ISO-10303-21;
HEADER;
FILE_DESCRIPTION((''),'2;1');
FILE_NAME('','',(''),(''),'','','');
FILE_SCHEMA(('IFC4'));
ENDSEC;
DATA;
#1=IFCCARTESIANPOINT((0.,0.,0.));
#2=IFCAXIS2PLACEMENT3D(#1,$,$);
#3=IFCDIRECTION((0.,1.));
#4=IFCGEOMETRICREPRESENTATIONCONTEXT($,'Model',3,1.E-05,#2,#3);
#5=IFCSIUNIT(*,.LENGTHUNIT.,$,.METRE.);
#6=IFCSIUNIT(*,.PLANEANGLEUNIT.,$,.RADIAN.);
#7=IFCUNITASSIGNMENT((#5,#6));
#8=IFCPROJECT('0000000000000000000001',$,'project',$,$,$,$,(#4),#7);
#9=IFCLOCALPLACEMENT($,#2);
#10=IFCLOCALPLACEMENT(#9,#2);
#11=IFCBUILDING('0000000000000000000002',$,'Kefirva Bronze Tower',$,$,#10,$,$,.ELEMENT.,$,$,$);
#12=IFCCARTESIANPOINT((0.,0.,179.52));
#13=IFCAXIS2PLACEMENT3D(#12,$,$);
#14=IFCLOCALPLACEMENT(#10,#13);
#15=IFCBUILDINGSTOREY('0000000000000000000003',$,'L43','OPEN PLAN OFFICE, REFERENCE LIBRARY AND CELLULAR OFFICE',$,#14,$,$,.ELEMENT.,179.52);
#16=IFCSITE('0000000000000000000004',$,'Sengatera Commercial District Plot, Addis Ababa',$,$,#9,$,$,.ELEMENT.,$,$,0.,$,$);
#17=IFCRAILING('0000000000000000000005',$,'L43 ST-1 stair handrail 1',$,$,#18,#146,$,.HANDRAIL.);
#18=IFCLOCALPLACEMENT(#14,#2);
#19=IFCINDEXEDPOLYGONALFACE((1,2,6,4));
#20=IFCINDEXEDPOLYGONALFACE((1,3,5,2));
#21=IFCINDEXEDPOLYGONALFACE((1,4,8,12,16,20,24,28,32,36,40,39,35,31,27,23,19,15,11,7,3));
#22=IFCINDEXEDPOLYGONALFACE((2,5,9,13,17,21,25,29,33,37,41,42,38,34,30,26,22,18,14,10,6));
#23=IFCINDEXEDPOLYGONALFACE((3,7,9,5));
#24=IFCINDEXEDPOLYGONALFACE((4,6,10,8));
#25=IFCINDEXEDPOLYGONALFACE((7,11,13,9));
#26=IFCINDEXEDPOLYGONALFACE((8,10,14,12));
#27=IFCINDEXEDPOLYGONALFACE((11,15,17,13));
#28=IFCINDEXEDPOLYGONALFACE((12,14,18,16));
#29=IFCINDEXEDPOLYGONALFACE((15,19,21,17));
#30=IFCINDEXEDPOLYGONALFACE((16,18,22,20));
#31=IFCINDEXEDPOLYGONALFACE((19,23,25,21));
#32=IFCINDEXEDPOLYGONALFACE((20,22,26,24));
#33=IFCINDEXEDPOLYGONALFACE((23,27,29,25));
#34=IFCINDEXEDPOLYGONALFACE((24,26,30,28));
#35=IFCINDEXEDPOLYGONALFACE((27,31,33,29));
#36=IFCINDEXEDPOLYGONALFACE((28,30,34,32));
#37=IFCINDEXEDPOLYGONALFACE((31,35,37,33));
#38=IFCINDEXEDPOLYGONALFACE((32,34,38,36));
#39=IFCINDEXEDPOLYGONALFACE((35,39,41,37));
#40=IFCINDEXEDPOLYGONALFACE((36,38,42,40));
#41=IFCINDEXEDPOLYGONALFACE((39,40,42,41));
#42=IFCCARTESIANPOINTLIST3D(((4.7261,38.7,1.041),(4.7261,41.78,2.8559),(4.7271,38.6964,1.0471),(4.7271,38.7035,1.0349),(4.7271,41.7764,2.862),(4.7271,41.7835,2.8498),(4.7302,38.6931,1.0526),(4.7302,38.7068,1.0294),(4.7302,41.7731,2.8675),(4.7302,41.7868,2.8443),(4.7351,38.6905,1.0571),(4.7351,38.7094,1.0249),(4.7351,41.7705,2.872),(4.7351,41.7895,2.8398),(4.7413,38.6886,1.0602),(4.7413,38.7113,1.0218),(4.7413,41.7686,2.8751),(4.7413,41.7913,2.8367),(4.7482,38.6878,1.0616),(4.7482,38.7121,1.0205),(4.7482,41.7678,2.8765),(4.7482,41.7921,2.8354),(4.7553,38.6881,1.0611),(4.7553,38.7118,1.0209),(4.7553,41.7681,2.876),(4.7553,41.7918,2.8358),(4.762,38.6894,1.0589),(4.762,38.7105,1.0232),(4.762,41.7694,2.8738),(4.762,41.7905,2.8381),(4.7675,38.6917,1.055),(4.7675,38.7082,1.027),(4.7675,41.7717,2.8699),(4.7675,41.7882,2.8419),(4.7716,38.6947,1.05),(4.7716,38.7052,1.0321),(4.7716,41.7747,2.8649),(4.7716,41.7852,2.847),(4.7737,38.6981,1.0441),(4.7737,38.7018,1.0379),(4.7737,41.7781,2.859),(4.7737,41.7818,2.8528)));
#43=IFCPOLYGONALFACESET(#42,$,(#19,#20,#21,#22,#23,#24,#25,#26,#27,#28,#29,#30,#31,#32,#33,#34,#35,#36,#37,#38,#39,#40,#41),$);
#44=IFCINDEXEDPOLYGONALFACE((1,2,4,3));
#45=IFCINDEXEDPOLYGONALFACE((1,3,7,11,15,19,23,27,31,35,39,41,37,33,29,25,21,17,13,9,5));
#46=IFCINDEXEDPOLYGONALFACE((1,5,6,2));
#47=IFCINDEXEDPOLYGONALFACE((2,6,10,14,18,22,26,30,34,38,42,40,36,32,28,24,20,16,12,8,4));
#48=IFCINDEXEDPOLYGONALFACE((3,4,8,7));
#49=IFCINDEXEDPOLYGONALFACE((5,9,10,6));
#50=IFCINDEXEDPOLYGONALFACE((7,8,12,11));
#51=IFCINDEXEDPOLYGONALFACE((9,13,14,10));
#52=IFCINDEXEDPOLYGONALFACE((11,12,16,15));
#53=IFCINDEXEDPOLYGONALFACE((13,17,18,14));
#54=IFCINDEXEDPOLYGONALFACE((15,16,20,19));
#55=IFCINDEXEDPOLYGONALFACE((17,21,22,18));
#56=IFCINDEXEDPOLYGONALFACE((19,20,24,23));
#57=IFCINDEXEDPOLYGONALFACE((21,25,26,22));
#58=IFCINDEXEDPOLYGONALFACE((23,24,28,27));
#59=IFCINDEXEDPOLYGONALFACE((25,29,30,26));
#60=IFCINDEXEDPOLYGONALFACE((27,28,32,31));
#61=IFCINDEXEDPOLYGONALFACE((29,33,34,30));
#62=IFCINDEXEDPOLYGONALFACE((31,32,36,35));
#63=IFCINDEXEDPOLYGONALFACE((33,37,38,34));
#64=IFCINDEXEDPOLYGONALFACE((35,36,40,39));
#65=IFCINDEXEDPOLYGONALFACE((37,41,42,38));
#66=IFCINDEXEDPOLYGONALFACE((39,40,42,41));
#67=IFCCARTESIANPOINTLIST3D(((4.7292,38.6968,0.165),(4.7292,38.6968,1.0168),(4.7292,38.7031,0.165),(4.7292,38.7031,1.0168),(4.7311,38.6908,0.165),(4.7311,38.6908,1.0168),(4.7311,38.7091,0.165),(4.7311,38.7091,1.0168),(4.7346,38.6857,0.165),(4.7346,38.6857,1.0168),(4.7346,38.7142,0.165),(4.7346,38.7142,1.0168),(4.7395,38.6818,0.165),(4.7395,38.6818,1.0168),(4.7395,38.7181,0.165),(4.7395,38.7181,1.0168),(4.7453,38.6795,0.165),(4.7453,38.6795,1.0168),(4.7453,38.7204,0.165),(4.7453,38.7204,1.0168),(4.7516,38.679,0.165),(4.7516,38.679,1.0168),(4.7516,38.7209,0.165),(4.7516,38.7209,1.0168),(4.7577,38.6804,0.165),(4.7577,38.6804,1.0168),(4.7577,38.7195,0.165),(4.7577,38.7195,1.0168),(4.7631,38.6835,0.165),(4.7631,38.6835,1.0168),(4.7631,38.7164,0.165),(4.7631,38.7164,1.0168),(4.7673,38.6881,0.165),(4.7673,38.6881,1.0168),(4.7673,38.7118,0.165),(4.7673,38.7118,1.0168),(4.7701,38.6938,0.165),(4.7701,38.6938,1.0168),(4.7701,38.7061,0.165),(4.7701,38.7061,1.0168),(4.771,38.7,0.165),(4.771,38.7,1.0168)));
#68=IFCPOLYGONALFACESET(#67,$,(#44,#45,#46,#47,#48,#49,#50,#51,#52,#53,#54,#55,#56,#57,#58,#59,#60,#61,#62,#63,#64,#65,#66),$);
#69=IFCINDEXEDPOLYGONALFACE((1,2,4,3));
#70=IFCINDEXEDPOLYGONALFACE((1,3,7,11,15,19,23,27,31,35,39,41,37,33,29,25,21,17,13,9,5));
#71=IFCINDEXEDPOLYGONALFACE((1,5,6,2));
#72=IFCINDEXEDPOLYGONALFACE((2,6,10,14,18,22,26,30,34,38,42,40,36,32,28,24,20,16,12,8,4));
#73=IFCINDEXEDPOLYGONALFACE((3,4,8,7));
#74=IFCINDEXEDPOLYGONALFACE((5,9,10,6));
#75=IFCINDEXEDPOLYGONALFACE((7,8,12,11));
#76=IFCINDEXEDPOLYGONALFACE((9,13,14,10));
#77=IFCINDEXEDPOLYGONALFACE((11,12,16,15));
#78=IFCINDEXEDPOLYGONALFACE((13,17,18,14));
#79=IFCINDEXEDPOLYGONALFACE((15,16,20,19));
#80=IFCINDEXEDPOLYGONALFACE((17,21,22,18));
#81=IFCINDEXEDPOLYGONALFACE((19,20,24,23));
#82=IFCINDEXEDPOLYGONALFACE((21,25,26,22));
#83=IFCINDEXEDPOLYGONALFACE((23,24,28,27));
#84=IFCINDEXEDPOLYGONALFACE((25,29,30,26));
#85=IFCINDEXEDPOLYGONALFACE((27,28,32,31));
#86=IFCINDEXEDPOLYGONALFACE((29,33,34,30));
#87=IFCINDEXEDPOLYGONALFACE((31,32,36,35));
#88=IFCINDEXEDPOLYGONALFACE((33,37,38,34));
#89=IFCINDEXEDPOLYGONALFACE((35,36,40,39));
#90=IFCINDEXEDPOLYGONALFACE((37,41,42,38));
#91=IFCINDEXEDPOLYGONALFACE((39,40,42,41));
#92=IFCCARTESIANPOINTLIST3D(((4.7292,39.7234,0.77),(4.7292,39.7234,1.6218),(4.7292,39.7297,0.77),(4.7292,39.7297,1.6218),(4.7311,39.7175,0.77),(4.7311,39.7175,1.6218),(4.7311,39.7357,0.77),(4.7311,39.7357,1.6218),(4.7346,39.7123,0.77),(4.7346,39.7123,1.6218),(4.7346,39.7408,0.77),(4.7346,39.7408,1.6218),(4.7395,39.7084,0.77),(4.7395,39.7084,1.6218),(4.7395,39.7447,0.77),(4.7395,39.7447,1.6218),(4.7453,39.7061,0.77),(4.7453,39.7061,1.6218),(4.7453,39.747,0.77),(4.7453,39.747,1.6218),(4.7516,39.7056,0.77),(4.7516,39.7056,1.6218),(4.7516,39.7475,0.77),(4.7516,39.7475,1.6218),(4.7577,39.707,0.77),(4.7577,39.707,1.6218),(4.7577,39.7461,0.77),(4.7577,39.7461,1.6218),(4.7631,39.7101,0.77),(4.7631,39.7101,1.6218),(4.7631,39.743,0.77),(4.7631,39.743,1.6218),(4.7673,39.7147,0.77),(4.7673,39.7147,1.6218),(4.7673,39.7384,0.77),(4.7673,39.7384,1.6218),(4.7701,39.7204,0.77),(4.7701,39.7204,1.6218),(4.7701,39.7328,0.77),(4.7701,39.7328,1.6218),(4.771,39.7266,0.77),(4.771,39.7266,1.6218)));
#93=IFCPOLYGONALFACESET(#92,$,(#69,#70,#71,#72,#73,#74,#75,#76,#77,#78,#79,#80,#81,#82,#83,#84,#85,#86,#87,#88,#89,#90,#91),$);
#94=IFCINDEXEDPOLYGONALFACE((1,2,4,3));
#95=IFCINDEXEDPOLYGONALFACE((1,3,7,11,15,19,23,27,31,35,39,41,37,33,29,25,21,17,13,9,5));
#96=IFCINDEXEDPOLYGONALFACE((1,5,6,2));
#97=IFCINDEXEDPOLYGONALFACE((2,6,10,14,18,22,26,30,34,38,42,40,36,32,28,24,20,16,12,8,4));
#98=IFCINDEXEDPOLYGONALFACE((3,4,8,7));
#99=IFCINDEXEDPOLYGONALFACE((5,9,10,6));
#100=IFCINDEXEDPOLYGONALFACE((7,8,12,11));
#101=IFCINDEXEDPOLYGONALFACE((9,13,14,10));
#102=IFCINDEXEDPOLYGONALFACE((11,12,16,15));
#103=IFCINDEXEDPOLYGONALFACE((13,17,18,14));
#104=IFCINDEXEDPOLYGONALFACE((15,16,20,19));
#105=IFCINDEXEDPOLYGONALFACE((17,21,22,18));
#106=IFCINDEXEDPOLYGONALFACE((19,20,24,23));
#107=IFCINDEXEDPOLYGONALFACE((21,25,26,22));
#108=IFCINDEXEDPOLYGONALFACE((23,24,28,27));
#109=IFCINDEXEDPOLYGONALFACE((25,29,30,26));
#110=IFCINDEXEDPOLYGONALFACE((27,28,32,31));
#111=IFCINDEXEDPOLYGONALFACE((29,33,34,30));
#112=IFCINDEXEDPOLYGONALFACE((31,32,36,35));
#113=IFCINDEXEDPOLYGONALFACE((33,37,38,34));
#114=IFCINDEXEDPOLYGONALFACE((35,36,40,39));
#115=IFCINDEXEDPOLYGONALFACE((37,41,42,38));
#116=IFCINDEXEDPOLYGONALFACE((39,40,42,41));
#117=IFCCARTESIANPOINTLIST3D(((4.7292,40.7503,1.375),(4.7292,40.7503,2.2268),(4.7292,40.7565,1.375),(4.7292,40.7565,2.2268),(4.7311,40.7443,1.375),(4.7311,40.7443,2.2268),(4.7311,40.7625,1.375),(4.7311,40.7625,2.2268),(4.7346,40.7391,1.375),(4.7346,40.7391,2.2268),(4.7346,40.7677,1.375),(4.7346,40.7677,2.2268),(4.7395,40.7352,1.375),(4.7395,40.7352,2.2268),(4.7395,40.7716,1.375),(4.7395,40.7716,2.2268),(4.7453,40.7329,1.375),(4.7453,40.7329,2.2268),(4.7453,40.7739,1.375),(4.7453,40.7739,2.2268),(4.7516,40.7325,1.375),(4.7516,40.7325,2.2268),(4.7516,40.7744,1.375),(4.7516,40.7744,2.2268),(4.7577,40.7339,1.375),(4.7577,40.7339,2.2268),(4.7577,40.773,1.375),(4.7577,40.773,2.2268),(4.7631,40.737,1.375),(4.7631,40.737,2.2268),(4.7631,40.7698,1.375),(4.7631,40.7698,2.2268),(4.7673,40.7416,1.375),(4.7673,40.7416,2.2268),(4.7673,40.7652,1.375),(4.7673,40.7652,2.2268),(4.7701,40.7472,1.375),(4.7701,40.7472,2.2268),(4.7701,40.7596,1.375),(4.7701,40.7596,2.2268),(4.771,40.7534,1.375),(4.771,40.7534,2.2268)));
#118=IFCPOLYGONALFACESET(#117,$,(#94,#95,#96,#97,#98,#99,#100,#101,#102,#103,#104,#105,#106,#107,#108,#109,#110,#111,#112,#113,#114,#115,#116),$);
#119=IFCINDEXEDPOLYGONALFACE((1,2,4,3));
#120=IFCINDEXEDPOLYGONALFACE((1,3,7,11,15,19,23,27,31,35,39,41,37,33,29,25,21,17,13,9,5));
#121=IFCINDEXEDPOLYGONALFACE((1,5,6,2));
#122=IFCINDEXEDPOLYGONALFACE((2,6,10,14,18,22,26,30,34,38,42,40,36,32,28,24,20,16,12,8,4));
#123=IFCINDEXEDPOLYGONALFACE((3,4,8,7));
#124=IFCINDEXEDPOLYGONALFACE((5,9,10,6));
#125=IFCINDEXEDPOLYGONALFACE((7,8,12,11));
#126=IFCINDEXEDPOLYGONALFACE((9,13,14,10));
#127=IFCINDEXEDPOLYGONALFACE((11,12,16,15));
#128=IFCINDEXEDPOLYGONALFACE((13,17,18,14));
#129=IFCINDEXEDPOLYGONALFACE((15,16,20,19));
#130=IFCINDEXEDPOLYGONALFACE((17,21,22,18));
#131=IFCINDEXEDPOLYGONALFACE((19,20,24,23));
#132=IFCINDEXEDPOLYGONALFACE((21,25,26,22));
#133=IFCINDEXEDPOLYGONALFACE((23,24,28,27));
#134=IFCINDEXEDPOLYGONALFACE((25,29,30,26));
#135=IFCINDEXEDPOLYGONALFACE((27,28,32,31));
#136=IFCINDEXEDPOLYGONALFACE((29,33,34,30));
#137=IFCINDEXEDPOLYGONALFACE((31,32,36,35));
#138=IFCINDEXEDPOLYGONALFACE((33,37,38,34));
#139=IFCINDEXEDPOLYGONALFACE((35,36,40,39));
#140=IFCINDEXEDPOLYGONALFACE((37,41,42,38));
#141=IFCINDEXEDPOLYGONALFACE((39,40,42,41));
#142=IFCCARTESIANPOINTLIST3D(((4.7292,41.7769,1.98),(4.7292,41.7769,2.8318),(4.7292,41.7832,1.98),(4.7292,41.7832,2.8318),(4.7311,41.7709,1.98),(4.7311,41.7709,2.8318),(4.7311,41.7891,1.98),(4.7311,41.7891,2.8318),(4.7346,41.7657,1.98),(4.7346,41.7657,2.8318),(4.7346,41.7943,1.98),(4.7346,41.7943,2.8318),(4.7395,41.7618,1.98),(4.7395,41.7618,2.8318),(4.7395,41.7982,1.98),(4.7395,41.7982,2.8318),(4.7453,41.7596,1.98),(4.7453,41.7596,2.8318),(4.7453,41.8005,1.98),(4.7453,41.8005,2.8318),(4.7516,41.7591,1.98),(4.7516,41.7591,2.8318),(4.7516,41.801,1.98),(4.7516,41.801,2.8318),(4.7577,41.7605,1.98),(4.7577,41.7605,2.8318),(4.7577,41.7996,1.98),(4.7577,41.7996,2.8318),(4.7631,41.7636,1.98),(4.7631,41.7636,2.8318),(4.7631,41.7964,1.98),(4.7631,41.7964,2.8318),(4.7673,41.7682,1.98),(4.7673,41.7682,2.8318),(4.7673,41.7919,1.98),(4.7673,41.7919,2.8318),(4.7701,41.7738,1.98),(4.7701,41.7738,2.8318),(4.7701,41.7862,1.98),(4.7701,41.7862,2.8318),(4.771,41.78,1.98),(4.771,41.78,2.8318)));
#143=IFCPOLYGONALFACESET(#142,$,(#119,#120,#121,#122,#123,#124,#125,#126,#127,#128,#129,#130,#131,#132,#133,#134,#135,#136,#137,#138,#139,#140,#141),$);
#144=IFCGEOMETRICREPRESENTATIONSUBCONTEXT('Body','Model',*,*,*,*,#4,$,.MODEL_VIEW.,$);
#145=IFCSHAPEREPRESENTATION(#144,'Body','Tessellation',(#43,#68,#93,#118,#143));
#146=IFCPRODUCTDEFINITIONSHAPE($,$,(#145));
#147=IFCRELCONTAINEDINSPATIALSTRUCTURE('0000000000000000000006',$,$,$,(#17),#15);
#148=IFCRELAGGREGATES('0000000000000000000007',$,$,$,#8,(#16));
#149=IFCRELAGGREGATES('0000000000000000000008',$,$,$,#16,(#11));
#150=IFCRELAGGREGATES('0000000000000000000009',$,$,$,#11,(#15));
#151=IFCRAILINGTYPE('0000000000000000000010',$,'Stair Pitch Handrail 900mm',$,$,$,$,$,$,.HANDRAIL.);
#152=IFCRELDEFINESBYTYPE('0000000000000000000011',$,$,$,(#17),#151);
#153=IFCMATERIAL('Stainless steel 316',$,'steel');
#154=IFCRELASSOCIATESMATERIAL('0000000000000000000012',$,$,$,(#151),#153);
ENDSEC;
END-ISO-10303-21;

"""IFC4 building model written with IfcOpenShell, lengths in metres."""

from ifc_helpers import new_model, si_unit, direction, frame, origin, origin_2d, place, context, subcontext, project, spatial, circle, extrude, material, type_object, element, save


model = new_model("IFC4")

# Units and contexts
model_context = context("Model", 3, precision=1e-05, world=origin(), true_north=direction((0.0, 1.0)))
body_context = subcontext(model_context, "Body", "Model", "MODEL_VIEW")
ifc_project = project(units=[si_unit("LENGTHUNIT", "METRE"), si_unit("PLANEANGLEUNIT", "RADIAN")], contexts=[model_context])

# Site, building, storey
site_placement = place(None, origin())
site = spatial("IfcSite", under=ifc_project, at=site_placement, Name="Sengatera Commercial District Plot, Addis Ababa", CompositionType="ELEMENT", RefElevation=0.0)
building_placement = place(site_placement, origin())
building = spatial("IfcBuilding", under=site, at=building_placement, Name="Kefirva Bronze Tower", CompositionType="ELEMENT")
storey_placement = place(building_placement, frame((0.0, 0.0, 179.52)))
storey = spatial("IfcBuildingStorey", under=building, at=storey_placement, Name="L43", Description="OPEN PLAN OFFICE, REFERENCE LIBRARY AND CELLULAR OFFICE", CompositionType="ELEMENT", Elevation=179.52)

# Railing
ifc_material_1 = material(Name="Stainless steel 316", Category="steel")
railing_type_1 = type_object("IfcRailingType", Name="Stair Pitch Handrail 900mm", PredefinedType="HANDRAIL", material=ifc_material_1)
railing_1_placement = place(storey_placement, frame((4.75, 38.7, 0.165)))
element("IfcRailing", 1, at=railing_1_placement, inside=storey, type_object=railing_type_1, Name="L43 ST-1 stair handrail 1", PredefinedType="HANDRAIL", context=body_context, shape_type="SweptSolid", body=[
    extrude(circle(Radius=0.0239, at=origin_2d()), frame((0.0, 0.0, 0.876), z_axis=(0.0, 0.861551, 0.507671), x_axis=(-1.0, 0.0, 0.0)), (0.0, 0.0, 1.0), 3.575),
    extrude(circle(Radius=0.021, at=origin_2d()), origin(), (0.0, 0.0, 1.0), 0.8518),
    extrude(circle(Radius=0.021, at=origin_2d()), frame((0.0, 1.0266, 0.605)), (0.0, 0.0, 1.0), 0.8518),
    extrude(circle(Radius=0.021, at=origin_2d()), frame((0.0, 2.0535, 1.21)), (0.0, 0.0, 1.0), 0.8518),
    extrude(circle(Radius=0.021, at=origin_2d()), frame((0.0, 3.0801, 1.8149)), (0.0, 0.0, 1.0), 0.8518),
])

save(model, "model.ifc")
